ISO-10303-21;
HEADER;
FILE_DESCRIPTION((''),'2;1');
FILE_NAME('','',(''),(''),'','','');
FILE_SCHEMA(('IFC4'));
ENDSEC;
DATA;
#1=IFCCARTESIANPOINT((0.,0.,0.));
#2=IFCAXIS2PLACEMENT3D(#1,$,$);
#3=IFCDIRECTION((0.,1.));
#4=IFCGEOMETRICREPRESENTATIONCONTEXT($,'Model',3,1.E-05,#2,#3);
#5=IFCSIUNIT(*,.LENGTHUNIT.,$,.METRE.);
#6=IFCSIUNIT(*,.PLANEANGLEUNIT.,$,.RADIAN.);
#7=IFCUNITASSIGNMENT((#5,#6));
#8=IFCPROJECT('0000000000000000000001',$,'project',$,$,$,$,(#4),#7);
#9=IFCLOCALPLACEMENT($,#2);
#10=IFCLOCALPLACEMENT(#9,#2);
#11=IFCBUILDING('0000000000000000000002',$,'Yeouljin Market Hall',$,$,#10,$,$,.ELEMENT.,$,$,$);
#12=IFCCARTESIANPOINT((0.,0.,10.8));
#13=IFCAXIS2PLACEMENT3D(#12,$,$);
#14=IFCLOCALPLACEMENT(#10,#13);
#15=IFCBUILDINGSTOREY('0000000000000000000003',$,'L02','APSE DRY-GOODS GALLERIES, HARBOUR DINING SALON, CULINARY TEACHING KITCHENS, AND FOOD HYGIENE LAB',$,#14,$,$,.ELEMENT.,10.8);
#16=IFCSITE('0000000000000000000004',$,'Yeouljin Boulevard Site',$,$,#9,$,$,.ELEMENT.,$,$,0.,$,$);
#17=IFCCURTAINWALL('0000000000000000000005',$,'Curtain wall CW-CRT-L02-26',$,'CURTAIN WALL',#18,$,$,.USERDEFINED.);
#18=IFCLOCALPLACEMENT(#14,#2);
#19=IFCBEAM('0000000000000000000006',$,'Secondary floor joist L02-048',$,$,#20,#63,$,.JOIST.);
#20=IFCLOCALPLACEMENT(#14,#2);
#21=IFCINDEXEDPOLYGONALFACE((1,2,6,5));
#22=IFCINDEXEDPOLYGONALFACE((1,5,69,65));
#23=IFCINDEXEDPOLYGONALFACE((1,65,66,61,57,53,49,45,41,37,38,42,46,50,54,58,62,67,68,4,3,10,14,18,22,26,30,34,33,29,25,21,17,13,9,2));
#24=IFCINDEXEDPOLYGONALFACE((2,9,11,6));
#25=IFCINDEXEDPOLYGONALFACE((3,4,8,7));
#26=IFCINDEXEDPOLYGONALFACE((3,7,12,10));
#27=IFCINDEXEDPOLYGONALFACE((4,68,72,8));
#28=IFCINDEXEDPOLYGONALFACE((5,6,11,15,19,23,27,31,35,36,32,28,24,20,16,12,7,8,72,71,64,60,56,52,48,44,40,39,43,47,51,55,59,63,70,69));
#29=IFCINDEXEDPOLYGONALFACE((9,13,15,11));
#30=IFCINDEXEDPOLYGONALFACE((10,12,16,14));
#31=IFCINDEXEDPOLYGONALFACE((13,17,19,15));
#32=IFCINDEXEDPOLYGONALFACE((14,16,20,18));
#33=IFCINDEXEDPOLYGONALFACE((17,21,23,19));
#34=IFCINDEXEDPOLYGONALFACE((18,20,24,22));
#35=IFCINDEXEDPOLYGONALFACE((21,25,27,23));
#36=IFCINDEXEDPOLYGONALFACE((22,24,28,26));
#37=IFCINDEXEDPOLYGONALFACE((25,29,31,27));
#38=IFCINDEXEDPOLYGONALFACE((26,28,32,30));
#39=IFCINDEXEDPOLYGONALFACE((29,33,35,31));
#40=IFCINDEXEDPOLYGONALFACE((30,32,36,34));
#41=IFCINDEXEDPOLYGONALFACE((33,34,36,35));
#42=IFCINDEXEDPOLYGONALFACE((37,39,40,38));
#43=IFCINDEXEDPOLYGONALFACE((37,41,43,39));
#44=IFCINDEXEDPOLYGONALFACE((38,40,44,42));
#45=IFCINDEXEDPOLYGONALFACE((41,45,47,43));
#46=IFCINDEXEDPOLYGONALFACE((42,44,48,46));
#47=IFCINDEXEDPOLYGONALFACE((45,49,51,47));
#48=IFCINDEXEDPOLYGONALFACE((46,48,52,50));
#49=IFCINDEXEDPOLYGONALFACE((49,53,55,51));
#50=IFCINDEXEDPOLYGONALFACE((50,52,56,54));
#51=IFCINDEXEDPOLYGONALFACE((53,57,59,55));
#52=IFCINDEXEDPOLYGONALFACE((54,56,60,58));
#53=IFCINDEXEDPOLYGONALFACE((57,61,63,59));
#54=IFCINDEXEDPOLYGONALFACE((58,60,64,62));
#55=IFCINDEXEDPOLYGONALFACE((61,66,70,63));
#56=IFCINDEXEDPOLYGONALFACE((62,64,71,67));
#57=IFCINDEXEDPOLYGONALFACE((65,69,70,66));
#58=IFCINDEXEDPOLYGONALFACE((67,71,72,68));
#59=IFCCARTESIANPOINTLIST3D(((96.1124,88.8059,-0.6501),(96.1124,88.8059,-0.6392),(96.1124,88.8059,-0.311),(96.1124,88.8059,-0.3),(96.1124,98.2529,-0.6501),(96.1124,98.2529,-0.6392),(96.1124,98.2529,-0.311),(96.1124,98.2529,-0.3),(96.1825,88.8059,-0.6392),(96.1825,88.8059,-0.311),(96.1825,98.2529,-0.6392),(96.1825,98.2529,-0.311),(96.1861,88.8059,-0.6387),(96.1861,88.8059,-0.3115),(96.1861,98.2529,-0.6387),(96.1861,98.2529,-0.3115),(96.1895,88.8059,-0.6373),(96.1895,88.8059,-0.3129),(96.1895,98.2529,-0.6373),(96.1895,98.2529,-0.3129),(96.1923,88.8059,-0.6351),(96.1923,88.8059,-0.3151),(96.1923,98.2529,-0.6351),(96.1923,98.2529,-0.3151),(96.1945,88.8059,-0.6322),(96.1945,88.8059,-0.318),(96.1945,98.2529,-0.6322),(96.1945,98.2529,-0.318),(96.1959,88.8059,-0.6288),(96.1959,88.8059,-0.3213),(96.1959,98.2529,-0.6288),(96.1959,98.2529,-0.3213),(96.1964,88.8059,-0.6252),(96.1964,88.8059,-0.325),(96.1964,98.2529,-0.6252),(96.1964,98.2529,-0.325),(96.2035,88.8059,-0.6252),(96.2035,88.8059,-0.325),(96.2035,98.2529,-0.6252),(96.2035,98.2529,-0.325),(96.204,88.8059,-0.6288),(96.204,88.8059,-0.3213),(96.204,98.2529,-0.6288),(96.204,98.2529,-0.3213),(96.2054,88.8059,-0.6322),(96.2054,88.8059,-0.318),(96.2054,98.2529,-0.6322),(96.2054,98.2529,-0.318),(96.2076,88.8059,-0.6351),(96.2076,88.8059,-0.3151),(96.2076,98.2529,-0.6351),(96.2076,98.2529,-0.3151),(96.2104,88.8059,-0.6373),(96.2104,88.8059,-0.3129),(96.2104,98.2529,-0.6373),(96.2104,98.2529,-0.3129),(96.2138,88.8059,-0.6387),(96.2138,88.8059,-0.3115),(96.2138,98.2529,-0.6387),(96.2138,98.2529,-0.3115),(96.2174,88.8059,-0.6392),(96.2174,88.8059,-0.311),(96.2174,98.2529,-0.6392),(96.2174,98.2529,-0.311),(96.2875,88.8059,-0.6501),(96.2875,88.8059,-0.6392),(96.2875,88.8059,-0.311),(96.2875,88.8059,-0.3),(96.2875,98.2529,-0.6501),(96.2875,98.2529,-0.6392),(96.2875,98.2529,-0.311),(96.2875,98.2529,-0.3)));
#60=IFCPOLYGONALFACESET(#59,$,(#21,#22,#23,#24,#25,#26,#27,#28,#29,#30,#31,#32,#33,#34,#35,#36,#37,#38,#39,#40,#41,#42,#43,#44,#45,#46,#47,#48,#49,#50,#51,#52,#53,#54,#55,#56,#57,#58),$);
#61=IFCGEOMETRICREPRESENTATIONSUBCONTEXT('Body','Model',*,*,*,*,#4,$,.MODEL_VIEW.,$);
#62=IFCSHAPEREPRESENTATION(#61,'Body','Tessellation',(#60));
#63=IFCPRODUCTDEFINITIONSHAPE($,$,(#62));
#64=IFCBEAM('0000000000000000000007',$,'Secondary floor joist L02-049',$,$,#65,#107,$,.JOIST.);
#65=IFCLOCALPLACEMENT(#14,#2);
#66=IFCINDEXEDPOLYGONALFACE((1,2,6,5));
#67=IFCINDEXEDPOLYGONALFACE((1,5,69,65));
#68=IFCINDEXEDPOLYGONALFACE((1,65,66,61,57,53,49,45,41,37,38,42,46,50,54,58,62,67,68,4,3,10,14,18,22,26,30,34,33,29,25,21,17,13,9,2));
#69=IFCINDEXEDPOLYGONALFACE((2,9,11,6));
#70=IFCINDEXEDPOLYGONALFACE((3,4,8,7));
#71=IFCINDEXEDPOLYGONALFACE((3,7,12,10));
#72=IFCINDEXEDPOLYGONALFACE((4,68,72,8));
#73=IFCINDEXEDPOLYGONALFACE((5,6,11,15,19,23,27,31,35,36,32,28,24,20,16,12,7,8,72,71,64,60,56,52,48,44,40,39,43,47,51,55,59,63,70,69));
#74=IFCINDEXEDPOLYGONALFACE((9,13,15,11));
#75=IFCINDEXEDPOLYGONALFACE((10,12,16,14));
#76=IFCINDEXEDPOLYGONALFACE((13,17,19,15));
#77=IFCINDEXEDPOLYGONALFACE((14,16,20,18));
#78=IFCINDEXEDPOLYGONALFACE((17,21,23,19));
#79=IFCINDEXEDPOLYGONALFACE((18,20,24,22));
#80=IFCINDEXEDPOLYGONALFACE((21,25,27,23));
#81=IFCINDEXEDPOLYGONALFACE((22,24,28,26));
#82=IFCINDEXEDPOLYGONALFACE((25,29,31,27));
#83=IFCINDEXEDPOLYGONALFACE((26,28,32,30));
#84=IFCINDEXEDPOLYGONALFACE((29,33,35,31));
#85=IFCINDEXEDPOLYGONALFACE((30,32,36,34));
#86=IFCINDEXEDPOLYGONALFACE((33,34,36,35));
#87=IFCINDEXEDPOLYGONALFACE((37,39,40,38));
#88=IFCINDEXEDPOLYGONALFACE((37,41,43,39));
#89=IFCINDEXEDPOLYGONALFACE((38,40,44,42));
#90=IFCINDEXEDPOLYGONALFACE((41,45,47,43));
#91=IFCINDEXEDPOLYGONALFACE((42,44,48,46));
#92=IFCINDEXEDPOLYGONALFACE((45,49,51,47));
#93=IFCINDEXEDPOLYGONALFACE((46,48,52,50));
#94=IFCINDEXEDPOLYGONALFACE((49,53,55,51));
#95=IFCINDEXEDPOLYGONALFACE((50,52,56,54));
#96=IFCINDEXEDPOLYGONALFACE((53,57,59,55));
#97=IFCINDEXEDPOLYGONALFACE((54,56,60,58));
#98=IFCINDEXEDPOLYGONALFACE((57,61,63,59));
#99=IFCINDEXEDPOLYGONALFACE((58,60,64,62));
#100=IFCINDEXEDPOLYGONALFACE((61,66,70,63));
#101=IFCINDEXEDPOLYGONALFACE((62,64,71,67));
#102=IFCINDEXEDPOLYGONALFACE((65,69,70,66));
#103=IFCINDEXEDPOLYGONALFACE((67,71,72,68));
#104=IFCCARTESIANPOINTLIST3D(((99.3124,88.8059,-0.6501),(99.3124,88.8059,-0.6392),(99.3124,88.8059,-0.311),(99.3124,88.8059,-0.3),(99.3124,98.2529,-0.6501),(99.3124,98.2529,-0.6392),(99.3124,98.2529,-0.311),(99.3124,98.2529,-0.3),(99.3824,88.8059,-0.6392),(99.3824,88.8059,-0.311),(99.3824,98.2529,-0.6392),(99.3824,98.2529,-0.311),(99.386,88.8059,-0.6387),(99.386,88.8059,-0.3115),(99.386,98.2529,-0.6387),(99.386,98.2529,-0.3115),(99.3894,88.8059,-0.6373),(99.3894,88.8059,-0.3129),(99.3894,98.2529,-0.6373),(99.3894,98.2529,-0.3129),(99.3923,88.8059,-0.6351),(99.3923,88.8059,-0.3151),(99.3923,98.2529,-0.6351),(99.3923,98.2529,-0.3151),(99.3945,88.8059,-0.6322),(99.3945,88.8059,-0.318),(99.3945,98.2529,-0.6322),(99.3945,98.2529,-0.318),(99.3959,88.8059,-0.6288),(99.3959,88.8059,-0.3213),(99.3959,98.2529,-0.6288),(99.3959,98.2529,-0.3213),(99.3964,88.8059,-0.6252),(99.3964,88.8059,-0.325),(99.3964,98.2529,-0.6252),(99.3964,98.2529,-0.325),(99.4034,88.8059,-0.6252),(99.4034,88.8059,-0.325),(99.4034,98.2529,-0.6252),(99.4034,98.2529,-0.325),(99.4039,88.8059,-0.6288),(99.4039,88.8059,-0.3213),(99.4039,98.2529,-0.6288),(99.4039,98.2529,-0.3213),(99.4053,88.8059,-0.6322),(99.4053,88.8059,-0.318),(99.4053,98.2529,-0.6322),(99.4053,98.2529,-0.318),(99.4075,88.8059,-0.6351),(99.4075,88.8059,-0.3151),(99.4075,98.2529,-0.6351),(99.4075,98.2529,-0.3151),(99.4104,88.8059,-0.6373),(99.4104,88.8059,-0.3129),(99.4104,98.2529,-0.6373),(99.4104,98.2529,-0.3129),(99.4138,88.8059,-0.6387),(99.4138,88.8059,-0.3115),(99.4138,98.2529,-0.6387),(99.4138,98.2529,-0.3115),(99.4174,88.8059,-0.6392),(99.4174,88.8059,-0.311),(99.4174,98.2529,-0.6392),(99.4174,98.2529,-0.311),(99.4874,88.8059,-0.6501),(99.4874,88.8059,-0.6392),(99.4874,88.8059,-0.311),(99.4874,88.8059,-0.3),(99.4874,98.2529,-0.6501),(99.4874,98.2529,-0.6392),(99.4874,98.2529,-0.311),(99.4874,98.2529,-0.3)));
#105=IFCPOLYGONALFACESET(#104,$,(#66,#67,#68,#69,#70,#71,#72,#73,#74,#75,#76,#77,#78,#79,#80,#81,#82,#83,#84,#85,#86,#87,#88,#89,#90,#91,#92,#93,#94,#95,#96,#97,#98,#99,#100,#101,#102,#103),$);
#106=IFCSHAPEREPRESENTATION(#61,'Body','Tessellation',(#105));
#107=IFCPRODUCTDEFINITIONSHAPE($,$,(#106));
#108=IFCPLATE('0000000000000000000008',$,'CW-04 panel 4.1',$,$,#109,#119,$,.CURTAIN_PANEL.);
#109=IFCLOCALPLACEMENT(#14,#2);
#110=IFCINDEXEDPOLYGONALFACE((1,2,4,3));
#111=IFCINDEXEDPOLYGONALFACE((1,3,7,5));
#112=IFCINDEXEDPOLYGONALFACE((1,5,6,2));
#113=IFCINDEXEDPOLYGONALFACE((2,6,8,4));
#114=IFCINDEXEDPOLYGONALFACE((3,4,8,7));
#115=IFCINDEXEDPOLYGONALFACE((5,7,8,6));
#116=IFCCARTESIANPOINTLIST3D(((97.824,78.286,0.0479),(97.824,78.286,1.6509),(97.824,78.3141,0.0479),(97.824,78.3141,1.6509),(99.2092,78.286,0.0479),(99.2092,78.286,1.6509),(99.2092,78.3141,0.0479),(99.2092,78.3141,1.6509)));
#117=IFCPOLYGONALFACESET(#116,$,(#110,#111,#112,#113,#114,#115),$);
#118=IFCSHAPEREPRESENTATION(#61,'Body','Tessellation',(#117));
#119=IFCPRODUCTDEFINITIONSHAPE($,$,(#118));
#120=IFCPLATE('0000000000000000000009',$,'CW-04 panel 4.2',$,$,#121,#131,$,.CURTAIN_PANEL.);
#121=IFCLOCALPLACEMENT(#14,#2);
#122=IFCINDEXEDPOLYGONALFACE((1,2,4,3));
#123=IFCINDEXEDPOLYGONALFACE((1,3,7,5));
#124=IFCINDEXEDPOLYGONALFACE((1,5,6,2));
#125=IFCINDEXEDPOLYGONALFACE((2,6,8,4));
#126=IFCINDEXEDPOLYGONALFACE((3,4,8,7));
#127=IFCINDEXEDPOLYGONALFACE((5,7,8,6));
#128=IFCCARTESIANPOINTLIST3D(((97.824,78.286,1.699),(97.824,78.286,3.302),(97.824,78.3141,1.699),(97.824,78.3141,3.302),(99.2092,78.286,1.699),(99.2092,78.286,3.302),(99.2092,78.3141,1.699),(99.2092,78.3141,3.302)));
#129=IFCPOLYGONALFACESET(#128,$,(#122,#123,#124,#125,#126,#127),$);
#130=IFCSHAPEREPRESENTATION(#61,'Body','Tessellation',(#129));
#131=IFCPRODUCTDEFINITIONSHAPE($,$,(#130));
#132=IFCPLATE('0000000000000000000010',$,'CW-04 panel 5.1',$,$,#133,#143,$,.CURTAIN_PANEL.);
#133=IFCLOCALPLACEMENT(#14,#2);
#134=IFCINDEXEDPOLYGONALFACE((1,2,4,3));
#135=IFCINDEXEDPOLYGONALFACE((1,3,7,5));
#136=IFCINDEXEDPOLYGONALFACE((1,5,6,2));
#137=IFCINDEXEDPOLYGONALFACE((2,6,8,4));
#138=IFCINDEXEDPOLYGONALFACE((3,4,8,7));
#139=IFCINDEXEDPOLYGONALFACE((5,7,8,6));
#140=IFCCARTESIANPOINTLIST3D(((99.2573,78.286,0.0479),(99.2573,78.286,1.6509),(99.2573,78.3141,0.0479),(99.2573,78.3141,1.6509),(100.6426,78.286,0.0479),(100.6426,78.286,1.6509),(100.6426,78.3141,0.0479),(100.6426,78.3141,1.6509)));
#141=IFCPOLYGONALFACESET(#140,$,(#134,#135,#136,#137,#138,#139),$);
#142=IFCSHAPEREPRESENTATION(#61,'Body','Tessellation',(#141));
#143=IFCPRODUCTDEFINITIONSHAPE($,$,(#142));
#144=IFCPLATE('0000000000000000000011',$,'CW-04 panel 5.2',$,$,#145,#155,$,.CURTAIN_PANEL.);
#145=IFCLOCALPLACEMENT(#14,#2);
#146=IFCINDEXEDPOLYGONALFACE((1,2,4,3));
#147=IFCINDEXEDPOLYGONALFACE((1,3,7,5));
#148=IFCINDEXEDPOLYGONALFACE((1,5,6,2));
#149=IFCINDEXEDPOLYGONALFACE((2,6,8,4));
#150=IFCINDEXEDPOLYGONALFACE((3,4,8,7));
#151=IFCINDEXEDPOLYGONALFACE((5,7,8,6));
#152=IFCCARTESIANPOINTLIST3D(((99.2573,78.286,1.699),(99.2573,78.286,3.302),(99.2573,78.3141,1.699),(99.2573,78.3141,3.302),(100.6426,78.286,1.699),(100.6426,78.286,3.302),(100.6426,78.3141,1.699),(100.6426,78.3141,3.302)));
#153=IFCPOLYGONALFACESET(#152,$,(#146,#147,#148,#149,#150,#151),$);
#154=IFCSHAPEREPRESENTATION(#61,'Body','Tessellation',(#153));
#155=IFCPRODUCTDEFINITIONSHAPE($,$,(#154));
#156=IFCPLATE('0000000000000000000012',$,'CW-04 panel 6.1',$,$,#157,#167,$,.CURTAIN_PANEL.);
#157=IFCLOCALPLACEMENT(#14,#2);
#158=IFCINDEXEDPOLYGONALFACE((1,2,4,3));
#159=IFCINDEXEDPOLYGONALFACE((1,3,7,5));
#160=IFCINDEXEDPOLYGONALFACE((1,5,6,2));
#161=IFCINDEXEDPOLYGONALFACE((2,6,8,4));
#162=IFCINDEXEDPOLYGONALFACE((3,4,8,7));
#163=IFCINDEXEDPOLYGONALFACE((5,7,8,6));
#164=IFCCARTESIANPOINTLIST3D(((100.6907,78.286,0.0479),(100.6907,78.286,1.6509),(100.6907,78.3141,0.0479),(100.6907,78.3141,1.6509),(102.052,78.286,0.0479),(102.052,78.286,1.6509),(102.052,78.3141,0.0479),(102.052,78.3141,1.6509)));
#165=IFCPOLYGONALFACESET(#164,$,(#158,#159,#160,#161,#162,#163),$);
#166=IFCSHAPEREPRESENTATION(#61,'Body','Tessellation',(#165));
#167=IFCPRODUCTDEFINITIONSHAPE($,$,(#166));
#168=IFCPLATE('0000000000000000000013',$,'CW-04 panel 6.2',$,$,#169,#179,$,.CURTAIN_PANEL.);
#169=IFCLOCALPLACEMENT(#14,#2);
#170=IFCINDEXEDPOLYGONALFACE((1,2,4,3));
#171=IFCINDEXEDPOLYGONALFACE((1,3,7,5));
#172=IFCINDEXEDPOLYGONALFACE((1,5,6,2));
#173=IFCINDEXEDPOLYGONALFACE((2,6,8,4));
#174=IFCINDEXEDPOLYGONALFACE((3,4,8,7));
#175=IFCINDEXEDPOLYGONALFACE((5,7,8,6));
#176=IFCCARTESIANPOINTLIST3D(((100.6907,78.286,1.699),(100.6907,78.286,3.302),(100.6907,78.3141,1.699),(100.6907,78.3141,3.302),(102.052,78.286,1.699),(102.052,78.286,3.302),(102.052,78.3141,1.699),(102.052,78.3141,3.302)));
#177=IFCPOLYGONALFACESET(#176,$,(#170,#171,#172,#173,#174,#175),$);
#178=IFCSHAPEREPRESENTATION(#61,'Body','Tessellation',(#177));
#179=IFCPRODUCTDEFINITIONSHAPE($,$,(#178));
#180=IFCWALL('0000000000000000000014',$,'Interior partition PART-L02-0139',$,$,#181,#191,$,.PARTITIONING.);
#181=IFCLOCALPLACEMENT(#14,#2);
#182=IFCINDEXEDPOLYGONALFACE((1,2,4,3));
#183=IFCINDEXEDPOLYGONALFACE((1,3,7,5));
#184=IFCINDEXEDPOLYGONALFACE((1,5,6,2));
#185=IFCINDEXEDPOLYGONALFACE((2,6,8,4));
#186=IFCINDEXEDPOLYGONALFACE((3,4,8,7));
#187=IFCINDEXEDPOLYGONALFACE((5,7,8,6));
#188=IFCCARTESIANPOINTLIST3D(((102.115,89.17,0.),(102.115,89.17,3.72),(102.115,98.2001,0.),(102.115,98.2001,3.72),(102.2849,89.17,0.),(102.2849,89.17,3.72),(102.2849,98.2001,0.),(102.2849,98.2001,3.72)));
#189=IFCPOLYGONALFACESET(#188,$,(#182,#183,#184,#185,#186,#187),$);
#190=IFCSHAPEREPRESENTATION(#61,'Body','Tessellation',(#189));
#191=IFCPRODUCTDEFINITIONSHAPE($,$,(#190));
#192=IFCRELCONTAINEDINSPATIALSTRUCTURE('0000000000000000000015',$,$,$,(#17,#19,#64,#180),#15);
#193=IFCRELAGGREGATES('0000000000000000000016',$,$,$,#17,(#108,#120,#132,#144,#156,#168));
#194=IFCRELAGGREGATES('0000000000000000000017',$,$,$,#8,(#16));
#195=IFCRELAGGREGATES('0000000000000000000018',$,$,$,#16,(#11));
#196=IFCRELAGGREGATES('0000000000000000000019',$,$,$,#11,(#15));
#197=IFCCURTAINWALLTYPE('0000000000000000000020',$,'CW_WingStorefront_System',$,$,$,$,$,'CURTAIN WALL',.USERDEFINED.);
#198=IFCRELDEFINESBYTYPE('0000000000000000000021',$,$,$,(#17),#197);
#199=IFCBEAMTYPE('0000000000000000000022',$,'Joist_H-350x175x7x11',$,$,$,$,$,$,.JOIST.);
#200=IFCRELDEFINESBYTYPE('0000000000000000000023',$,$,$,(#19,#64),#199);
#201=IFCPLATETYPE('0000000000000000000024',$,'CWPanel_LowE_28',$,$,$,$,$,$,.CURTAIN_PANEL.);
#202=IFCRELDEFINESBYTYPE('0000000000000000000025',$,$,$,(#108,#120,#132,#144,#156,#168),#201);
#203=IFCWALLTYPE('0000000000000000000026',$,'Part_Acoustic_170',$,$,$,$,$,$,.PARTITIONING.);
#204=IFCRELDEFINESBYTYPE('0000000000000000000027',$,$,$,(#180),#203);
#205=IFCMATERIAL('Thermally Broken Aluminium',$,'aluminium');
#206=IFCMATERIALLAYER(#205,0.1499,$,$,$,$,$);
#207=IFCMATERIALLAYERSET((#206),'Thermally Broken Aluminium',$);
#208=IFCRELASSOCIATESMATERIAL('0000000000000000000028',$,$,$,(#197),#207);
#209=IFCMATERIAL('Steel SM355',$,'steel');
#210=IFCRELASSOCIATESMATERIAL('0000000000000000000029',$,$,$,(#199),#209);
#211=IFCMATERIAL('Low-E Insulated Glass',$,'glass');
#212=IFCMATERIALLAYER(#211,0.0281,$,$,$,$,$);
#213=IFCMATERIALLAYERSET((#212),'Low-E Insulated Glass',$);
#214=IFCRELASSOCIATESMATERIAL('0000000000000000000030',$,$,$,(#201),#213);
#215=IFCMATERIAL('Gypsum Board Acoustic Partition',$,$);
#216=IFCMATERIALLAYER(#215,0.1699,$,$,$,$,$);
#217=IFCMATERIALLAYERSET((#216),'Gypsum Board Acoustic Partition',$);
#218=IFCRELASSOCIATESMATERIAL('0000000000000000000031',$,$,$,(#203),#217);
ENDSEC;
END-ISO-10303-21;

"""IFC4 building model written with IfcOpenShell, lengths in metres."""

from ifc_helpers import new_model, si_unit, direction, frame, frame_2d, origin, origin_2d, place, context, subcontext, project, spatial, rectangle, i_section, extrude, material, layer, layer_set, material_profile, profile_set, type_object, element, aggregate, save


model = new_model("IFC4")

# Units and contexts
model_context = context("Model", 3, precision=1e-05, world=origin(), true_north=direction((0.0, 1.0)))
body_context = subcontext(model_context, "Body", "Model", "MODEL_VIEW")
ifc_project = project(units=[si_unit("LENGTHUNIT", "METRE"), si_unit("PLANEANGLEUNIT", "RADIAN")], contexts=[model_context])

# Site, building, storey
site_placement = place(None, origin())
site = spatial("IfcSite", under=ifc_project, at=site_placement, Name="Yeouljin Boulevard Site", CompositionType="ELEMENT", RefElevation=0.0)
building_placement = place(site_placement, origin())
building = spatial("IfcBuilding", under=site, at=building_placement, Name="Yeouljin Market Hall", CompositionType="ELEMENT")
storey_placement = place(building_placement, frame((0.0, 0.0, 10.8)))
storey = spatial("IfcBuildingStorey", under=building, at=storey_placement, Name="L02", Description="APSE DRY-GOODS GALLERIES, HARBOUR DINING SALON, CULINARY TEACHING KITCHENS, AND FOOD HYGIENE LAB", CompositionType="ELEMENT", Elevation=10.8)

# Curtain wall
ifc_material_1 = material(Name="Thermally Broken Aluminium", Category="aluminium")
ifc_layer_1 = layer(ifc_material_1, 0.1499)
ifc_layer_set_1 = layer_set([ifc_layer_1], Name="Thermally Broken Aluminium")
curtain_wall_type = type_object("IfcCurtainWallType", Name="CW_WingStorefront_System", ElementType="CURTAIN WALL", PredefinedType="USERDEFINED", material=ifc_layer_set_1)
curtain_wall_placement = place(storey_placement, origin())
curtain_wall = element("IfcCurtainWall", 1, at=curtain_wall_placement, inside=storey, type_object=curtain_wall_type, Name="Curtain wall CW-CRT-L02-26", ObjectType="CURTAIN WALL", PredefinedType="USERDEFINED")

# Beams
ifc_material_2 = material(Name="Steel SM355", Category="steel")
ifc_material_profile_1 = material_profile(ifc_material_2, i_section(OverallWidth=0.175, OverallDepth=0.3501, WebThickness=0.0071, FlangeThickness=0.011, FilletRadius=0.0139, at=origin_2d()), Name="H-350x175x7x11")
ifc_profile_set_1 = profile_set([ifc_material_profile_1], Name="Steel SM355")
beam_type = type_object("IfcBeamType", Name="Joist_H-350x175x7x11", PredefinedType="JOIST", material=ifc_profile_set_1)
for number, where, z_axis, x_axis, name in (
    (2, (96.2, 88.8059, -0.4751), (0.0, 1.0, 0.0), (-1.0, 0.0, 0.0), "Secondary floor joist L02-048"),
    (3, (99.3999, 88.8059, -0.4751), (0.0, 1.0, 0.0), (-1.0, 0.0, 0.0), "Secondary floor joist L02-049"),
):
    element("IfcBeam", number, at=place(storey_placement, frame(where, z_axis=z_axis, x_axis=x_axis)), inside=storey, type_object=beam_type, Name=name, PredefinedType="JOIST", context=body_context, shape_type="SweptSolid", body=[
        extrude(i_section(OverallWidth=0.175, OverallDepth=0.3501, WebThickness=0.0071, FlangeThickness=0.011, FilletRadius=0.0139, at=origin_2d()), origin(), (0.0, 0.0, 1.0), 9.447),
    ])

# Plates
ifc_material_3 = material(Name="Low-E Insulated Glass", Category="glass")
ifc_layer_2 = layer(ifc_material_3, 0.0281)
ifc_layer_set_2 = layer_set([ifc_layer_2], Name="Low-E Insulated Glass")
plate_type = type_object("IfcPlateType", Name="CWPanel_LowE_28", PredefinedType="CURTAIN_PANEL", material=ifc_layer_set_2)
plate_1_placement = place(storey_placement, frame((98.5166, 78.3, 0.0479), z_axis=(0.0, 0.0, 1.0), x_axis=(1.0, 0.0, 0.0)))
plate_1 = element("IfcPlate", 4, at=plate_1_placement, type_object=plate_type, Name="CW-04 panel 4.1", PredefinedType="CURTAIN_PANEL", context=body_context, shape_type="SweptSolid", body=[
    extrude(rectangle(XDim=1.3853, YDim=0.0281, at=origin_2d()), origin(), (0.0, 0.0, 1.0), 1.603),
])
plate_2_placement = place(storey_placement, frame((98.5166, 78.3, 1.699), z_axis=(0.0, 0.0, 1.0), x_axis=(1.0, 0.0, 0.0)))
plate_2 = element("IfcPlate", 5, at=plate_2_placement, type_object=plate_type, Name="CW-04 panel 4.2", PredefinedType="CURTAIN_PANEL", context=body_context, shape_type="SweptSolid", body=[
    extrude(rectangle(XDim=1.3853, YDim=0.0281, at=origin_2d()), origin(), (0.0, 0.0, 1.0), 1.603),
])
plate_3_placement = place(storey_placement, frame((99.95, 78.3, 0.0479), z_axis=(0.0, 0.0, 1.0), x_axis=(1.0, 0.0, 0.0)))
plate_3 = element("IfcPlate", 6, at=plate_3_placement, type_object=plate_type, Name="CW-04 panel 5.1", PredefinedType="CURTAIN_PANEL", context=body_context, shape_type="SweptSolid", body=[
    extrude(rectangle(XDim=1.3853, YDim=0.0281, at=origin_2d()), origin(), (0.0, 0.0, 1.0), 1.603),
])
plate_4_placement = place(storey_placement, frame((99.95, 78.3, 1.699), z_axis=(0.0, 0.0, 1.0), x_axis=(1.0, 0.0, 0.0)))
plate_4 = element("IfcPlate", 7, at=plate_4_placement, type_object=plate_type, Name="CW-04 panel 5.2", PredefinedType="CURTAIN_PANEL", context=body_context, shape_type="SweptSolid", body=[
    extrude(rectangle(XDim=1.3853, YDim=0.0281, at=origin_2d()), origin(), (0.0, 0.0, 1.0), 1.603),
])
plate_5_placement = place(storey_placement, frame((101.3713, 78.3, 0.0479), z_axis=(0.0, 0.0, 1.0), x_axis=(1.0, 0.0, 0.0)))
plate_5 = element("IfcPlate", 8, at=plate_5_placement, type_object=plate_type, Name="CW-04 panel 6.1", PredefinedType="CURTAIN_PANEL", context=body_context, shape_type="SweptSolid", body=[
    extrude(rectangle(XDim=1.3613, YDim=0.0281, at=origin_2d()), origin(), (0.0, 0.0, 1.0), 1.603),
])
plate_6_placement = place(storey_placement, frame((101.3713, 78.3, 1.699), z_axis=(0.0, 0.0, 1.0), x_axis=(1.0, 0.0, 0.0)))
plate_6 = element("IfcPlate", 9, at=plate_6_placement, type_object=plate_type, Name="CW-04 panel 6.2", PredefinedType="CURTAIN_PANEL", context=body_context, shape_type="SweptSolid", body=[
    extrude(rectangle(XDim=1.3613, YDim=0.0281, at=origin_2d()), origin(), (0.0, 0.0, 1.0), 1.603),
])
aggregate(curtain_wall, [plate_1, plate_2, plate_3, plate_4, plate_5, plate_6])

# Wall
ifc_material_4 = material(Name="Gypsum Board Acoustic Partition")
ifc_layer_3 = layer(ifc_material_4, 0.1699)
ifc_layer_set_3 = layer_set([ifc_layer_3], Name="Gypsum Board Acoustic Partition")
wall_type = type_object("IfcWallType", Name="Part_Acoustic_170", PredefinedType="PARTITIONING", material=ifc_layer_set_3)
wall_placement = place(storey_placement, frame((102.2, 89.1699, 0.0), z_axis=(0.0, 0.0, 1.0), x_axis=(0.0, 1.0, 0.0)))
element("IfcWall", 10, at=wall_placement, inside=storey, type_object=wall_type, Name="Interior partition PART-L02-0139", PredefinedType="PARTITIONING", context=body_context, shape_type="SweptSolid", body=[
    extrude(rectangle(XDim=9.03, YDim=0.1699, at=frame_2d((4.5151, 0.0))), origin(), (0.0, 0.0, 1.0), 3.72),
])

save(model, "model.ifc")
